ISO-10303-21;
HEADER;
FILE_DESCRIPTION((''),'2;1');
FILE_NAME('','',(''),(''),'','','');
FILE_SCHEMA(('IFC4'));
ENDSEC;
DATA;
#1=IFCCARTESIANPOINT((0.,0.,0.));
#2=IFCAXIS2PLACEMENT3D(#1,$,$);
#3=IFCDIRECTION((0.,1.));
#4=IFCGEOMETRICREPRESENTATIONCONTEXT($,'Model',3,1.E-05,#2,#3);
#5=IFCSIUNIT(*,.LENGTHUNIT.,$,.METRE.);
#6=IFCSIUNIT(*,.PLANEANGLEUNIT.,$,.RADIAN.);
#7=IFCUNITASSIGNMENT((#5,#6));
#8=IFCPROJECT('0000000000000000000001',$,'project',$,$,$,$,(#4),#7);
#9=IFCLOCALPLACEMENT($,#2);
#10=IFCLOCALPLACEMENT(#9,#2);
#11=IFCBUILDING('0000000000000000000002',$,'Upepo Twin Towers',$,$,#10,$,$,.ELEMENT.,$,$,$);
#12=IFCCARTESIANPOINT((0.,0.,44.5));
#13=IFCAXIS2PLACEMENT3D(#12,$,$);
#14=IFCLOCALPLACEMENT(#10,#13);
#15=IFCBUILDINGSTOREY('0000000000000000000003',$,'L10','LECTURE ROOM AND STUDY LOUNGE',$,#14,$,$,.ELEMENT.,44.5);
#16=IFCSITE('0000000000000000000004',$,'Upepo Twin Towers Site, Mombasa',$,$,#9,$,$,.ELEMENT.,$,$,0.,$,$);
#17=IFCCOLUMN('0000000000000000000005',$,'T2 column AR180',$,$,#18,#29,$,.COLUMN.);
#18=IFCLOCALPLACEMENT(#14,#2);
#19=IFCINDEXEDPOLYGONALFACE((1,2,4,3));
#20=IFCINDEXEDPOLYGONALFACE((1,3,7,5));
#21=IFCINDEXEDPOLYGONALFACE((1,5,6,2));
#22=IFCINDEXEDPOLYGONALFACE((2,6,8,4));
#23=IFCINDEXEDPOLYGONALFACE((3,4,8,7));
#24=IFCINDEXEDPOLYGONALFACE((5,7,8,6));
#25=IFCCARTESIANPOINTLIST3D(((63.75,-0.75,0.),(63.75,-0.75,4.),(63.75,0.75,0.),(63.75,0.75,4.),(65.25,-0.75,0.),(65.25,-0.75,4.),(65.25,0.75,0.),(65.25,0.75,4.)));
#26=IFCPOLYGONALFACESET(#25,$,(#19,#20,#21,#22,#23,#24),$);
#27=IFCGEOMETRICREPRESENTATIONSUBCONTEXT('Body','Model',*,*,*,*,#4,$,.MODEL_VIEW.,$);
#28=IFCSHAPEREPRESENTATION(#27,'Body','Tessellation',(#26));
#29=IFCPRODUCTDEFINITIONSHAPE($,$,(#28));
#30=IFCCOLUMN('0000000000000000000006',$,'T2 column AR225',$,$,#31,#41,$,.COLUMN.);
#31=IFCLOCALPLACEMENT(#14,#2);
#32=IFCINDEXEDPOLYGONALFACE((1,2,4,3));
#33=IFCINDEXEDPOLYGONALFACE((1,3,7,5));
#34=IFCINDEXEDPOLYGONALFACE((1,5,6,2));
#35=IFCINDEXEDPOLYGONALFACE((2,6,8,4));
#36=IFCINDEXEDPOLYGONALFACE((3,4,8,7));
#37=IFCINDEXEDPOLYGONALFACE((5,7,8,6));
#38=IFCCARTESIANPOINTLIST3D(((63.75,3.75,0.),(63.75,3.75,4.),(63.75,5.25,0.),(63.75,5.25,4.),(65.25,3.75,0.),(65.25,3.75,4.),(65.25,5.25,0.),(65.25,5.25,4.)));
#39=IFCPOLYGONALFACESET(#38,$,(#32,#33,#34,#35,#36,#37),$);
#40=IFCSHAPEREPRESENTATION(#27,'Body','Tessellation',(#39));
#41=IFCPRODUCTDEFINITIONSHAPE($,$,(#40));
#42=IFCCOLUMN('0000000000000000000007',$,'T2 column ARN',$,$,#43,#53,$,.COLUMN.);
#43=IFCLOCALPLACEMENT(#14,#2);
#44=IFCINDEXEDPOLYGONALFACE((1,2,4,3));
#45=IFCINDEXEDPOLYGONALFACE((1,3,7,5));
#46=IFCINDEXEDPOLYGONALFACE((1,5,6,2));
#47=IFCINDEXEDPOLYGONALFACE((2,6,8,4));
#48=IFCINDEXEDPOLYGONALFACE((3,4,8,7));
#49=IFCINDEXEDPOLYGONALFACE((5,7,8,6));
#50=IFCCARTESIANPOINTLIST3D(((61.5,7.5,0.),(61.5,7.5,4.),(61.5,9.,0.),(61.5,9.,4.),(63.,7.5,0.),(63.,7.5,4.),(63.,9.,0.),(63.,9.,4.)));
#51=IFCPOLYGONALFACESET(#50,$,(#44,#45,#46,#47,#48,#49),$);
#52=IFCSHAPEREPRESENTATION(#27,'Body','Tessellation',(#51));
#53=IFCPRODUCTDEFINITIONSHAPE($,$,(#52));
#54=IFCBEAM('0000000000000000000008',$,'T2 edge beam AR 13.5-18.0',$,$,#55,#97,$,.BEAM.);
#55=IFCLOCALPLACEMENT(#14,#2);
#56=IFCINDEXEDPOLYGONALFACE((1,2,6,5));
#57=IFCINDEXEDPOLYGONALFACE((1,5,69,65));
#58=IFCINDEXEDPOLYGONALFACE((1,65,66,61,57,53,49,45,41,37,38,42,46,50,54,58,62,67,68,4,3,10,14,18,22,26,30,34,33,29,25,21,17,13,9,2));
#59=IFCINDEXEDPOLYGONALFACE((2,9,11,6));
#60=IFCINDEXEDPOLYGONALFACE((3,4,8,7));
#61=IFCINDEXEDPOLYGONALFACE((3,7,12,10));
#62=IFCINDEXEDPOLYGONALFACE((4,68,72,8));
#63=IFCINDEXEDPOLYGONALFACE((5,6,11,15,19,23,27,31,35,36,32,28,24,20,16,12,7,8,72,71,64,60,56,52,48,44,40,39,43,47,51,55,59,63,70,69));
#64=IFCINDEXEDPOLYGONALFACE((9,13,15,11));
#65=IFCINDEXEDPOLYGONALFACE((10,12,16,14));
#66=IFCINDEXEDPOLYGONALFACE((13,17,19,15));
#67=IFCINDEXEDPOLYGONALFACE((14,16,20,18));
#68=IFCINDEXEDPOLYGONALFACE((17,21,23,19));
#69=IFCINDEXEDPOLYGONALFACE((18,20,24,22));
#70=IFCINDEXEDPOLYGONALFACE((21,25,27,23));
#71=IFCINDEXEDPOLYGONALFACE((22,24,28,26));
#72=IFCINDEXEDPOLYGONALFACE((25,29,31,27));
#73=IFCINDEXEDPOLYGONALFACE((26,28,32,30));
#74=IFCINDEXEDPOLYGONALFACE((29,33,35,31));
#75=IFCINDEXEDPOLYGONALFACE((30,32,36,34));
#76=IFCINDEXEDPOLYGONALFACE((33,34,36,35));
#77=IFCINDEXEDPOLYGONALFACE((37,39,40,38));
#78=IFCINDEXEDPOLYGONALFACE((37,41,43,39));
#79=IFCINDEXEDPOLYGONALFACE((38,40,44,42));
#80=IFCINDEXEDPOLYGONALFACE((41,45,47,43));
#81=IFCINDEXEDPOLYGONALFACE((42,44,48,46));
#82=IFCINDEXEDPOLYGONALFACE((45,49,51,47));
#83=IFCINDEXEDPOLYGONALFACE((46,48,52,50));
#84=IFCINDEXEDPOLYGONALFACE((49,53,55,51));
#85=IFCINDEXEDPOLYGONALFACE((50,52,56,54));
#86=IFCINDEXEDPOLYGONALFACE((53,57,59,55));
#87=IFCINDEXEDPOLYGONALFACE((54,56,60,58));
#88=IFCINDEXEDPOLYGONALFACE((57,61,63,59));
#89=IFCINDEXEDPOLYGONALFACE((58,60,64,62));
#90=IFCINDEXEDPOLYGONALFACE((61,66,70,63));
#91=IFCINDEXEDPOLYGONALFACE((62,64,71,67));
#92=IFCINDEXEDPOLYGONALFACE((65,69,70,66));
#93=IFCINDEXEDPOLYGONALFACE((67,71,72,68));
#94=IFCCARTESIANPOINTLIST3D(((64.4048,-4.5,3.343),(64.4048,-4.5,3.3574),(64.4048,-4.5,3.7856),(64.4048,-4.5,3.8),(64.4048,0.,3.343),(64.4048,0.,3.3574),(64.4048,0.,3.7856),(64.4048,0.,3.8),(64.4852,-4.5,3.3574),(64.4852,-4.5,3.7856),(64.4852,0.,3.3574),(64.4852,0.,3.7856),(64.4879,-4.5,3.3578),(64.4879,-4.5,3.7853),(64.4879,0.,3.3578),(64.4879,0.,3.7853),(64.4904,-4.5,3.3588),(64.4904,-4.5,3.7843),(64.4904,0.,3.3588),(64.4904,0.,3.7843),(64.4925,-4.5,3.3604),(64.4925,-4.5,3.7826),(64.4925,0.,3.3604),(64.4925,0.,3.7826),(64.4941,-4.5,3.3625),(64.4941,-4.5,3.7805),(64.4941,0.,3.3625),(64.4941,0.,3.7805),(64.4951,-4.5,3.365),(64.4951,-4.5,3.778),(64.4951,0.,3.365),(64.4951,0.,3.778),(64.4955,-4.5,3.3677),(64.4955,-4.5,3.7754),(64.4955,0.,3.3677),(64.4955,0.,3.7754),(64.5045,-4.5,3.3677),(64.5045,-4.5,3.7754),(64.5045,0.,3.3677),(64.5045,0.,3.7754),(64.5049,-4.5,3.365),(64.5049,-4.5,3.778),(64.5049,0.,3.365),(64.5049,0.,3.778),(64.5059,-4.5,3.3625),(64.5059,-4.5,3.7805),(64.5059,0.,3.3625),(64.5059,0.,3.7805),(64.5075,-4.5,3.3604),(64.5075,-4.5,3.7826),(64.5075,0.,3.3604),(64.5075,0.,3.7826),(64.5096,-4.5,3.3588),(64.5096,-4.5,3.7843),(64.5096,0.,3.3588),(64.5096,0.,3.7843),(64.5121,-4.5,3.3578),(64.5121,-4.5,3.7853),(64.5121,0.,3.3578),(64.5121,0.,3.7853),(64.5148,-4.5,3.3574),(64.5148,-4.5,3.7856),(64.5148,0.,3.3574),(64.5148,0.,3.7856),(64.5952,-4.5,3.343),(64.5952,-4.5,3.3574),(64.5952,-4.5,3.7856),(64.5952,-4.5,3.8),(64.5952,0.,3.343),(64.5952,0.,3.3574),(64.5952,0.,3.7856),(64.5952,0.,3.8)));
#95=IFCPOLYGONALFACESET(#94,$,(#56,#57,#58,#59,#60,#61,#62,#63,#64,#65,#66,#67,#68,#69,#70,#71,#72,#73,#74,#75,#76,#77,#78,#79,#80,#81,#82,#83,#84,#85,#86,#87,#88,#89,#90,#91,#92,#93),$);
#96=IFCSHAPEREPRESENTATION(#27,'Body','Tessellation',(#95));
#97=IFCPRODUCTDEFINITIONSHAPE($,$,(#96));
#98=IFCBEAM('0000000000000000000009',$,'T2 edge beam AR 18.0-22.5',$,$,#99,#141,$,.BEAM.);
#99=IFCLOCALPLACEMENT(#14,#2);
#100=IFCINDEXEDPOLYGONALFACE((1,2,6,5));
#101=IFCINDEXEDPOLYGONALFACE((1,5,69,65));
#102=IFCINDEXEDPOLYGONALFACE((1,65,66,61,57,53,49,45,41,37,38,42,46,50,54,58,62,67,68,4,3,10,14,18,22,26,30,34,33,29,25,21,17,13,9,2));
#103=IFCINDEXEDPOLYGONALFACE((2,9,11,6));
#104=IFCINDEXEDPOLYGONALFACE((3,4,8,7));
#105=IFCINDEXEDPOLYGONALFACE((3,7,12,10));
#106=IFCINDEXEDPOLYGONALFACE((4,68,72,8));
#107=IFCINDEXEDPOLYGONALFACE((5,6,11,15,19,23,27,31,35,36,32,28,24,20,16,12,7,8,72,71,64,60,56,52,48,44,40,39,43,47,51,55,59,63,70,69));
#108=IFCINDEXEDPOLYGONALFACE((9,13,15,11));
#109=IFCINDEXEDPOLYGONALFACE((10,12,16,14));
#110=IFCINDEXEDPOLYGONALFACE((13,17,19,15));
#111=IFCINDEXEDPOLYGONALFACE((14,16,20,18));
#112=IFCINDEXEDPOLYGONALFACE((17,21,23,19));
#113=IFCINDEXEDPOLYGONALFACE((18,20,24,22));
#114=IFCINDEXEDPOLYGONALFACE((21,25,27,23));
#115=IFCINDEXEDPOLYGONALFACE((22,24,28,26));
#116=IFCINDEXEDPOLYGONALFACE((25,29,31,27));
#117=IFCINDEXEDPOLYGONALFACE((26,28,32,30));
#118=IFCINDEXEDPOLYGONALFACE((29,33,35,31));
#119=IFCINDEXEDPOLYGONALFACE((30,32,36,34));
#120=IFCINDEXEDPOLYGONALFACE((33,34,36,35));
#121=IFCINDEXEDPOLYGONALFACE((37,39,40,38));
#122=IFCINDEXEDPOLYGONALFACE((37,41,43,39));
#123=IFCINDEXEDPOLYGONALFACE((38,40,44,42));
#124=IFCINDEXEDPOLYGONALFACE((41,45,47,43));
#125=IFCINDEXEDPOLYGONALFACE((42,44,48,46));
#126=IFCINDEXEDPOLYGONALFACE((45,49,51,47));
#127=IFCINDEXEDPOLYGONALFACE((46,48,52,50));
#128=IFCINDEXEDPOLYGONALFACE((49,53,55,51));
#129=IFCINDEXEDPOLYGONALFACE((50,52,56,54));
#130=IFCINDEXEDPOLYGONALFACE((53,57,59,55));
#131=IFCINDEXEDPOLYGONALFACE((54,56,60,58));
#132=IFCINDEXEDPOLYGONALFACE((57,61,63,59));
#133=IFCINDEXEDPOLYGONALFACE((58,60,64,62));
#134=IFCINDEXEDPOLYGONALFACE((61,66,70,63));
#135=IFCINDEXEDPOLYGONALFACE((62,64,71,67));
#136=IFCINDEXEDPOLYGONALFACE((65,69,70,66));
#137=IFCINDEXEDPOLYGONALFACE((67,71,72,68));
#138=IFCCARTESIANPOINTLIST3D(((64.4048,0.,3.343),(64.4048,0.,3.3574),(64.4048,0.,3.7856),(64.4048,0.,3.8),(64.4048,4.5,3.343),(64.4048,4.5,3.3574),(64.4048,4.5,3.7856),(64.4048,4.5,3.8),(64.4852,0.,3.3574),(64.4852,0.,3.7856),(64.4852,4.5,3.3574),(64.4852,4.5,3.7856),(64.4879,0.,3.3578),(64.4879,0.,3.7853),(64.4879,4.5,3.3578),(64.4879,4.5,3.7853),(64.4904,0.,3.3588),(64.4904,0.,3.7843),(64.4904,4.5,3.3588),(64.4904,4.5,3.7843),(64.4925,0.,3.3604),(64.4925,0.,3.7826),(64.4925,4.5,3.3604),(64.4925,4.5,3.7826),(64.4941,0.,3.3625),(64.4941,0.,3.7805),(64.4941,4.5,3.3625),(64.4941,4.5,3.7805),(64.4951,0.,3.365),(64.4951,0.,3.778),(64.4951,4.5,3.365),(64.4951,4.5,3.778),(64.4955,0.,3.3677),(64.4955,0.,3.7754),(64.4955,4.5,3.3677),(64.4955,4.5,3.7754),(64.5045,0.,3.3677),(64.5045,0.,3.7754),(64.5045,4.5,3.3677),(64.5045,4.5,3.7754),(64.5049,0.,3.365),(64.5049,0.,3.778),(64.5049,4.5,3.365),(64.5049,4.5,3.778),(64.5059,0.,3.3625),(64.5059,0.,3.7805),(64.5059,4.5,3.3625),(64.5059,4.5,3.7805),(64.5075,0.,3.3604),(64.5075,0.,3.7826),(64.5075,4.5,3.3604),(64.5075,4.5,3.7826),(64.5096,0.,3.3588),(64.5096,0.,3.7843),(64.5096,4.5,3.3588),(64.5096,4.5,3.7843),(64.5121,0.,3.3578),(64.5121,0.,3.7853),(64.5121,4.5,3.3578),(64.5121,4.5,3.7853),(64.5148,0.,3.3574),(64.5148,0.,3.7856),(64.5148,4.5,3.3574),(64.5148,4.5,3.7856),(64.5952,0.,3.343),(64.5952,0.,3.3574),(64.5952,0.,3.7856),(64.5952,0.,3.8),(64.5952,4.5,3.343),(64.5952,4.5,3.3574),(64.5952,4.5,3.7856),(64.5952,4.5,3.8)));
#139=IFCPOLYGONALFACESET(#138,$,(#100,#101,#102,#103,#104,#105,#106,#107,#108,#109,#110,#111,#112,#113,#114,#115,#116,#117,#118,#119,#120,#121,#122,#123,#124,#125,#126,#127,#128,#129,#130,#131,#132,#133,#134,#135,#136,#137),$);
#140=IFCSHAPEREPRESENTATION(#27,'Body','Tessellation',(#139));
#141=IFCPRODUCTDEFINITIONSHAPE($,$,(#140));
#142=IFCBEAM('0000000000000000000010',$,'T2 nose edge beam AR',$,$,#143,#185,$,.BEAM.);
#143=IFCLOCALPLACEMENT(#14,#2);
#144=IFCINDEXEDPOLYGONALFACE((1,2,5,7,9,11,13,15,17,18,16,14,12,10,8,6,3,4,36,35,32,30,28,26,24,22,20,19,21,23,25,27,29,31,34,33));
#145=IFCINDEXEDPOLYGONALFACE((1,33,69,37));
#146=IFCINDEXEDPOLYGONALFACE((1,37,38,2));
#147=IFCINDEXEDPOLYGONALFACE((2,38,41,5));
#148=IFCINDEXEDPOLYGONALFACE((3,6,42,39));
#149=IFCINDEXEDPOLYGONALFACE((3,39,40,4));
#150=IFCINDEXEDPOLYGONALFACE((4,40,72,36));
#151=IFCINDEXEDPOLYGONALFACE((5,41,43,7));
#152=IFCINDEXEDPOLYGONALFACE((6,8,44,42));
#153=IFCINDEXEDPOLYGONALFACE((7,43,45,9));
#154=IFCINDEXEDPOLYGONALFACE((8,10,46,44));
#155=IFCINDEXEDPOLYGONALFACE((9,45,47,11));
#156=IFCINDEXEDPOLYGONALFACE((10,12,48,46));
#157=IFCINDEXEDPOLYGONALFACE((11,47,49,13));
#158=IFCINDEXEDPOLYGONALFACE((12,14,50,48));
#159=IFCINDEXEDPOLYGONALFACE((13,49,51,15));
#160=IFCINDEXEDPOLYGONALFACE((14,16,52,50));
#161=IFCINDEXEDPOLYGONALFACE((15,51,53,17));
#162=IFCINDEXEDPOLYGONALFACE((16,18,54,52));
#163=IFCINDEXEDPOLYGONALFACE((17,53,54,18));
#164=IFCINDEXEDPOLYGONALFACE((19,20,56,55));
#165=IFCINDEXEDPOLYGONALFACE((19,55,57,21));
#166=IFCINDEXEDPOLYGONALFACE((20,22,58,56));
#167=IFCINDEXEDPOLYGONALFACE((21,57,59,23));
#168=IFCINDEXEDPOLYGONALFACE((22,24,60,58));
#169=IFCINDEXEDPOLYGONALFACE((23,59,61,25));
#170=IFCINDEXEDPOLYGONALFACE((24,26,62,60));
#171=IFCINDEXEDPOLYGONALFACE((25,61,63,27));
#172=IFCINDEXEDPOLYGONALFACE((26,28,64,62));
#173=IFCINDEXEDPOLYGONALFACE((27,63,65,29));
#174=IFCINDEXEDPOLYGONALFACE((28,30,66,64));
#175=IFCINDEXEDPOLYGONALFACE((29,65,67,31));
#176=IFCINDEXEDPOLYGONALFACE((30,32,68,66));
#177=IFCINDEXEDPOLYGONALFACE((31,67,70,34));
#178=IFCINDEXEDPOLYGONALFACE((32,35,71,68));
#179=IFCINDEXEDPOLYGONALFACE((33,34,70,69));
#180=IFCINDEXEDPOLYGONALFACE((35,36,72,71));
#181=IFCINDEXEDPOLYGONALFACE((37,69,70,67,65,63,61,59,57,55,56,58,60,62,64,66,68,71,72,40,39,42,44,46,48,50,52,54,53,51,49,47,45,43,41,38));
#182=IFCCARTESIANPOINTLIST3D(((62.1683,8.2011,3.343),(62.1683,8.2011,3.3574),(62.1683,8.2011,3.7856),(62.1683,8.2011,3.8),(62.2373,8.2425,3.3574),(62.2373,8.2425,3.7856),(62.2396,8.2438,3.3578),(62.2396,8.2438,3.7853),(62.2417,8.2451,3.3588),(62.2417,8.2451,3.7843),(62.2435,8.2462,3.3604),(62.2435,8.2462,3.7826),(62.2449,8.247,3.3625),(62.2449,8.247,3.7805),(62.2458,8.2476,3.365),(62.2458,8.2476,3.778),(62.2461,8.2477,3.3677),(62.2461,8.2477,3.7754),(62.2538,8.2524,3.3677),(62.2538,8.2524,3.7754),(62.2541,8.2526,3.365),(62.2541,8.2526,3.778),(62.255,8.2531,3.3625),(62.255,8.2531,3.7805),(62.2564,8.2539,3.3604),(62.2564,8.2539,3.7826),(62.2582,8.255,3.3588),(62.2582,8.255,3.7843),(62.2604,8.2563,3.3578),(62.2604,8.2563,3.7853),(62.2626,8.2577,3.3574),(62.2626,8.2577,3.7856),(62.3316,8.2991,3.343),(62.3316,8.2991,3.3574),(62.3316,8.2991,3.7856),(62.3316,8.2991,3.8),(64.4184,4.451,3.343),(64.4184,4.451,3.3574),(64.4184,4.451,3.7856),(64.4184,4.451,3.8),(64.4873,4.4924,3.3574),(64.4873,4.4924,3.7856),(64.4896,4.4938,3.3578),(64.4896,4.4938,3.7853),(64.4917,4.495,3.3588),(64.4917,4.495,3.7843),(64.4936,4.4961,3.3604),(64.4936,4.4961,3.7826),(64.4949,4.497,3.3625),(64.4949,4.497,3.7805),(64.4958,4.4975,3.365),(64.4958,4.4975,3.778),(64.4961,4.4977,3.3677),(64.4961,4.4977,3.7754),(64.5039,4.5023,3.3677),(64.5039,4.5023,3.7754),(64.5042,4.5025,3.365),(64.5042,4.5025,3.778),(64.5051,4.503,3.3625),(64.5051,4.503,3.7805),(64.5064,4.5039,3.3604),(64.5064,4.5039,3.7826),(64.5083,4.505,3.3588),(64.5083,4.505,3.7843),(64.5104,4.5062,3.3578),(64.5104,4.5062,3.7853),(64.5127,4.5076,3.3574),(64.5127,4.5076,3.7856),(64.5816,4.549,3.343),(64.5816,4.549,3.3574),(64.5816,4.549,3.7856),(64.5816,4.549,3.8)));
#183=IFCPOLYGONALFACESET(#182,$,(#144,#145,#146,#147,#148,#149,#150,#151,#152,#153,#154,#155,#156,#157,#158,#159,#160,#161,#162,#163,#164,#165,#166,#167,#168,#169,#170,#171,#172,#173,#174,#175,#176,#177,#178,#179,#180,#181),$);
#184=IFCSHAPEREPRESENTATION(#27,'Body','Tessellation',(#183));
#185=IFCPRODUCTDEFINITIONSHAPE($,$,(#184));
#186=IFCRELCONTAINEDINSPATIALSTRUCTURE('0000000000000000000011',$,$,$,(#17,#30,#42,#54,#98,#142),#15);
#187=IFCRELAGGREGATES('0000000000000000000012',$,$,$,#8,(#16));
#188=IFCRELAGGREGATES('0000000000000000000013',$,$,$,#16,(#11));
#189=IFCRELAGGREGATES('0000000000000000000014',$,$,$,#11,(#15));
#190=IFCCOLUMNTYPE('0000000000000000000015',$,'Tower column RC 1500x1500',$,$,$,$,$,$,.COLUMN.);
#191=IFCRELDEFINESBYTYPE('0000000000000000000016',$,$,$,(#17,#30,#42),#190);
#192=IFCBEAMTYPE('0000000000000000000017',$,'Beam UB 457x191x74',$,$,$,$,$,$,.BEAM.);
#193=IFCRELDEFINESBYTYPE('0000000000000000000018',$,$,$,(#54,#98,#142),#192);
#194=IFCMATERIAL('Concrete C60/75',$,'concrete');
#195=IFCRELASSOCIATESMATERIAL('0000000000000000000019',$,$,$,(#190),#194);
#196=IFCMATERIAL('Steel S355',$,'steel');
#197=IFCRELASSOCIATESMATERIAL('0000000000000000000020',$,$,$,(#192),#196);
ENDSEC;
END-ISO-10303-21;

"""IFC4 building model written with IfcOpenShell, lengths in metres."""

from ifc_helpers import new_model, si_unit, direction, frame, origin, origin_2d, place, context, subcontext, project, spatial, rectangle, i_section, extrude, material, material_profile, profile_set, type_object, element, save


model = new_model("IFC4")

# Units and contexts
model_context = context("Model", 3, precision=1e-05, world=origin(), true_north=direction((0.0, 1.0)))
body_context = subcontext(model_context, "Body", "Model", "MODEL_VIEW")
ifc_project = project(units=[si_unit("LENGTHUNIT", "METRE"), si_unit("PLANEANGLEUNIT", "RADIAN")], contexts=[model_context])

# Site, building, storey
site_placement = place(None, origin())
site = spatial("IfcSite", under=ifc_project, at=site_placement, Name="Upepo Twin Towers Site, Mombasa", CompositionType="ELEMENT", RefElevation=0.0)
building_placement = place(site_placement, origin())
building = spatial("IfcBuilding", under=site, at=building_placement, Name="Upepo Twin Towers", CompositionType="ELEMENT")
storey_placement = place(building_placement, frame((0.0, 0.0, 44.5)))
storey = spatial("IfcBuildingStorey", under=building, at=storey_placement, Name="L10", Description="LECTURE ROOM AND STUDY LOUNGE", CompositionType="ELEMENT", Elevation=44.5)

# Columns
ifc_material_1 = material(Name="Concrete C60/75", Category="concrete")
ifc_material_profile_1 = material_profile(ifc_material_1, rectangle(XDim=1.5, YDim=1.5, at=origin_2d()), Name="RC 1500x1500")
ifc_profile_set_1 = profile_set([ifc_material_profile_1], Name="Concrete C60/75")
column_type = type_object("IfcColumnType", Name="Tower column RC 1500x1500", PredefinedType="COLUMN", material=ifc_profile_set_1)
for number, where, z_axis, x_axis, name in (
    (1, (64.5, 0.0, 0.0), (0.0, 0.0, 1.0), (1.0, 0.0, 0.0), "T2 column AR180"),
    (2, (64.5, 4.5, 0.0), (0.0, 0.0, 1.0), (1.0, 0.0, 0.0), "T2 column AR225"),
    (3, (62.25, 8.25, 0.0), (0.0, 0.0, 1.0), (1.0, 0.0, 0.0), "T2 column ARN"),
):
    element("IfcColumn", number, at=place(storey_placement, frame(where, z_axis=z_axis, x_axis=x_axis)), inside=storey, type_object=column_type, Name=name, PredefinedType="COLUMN", context=body_context, shape_type="SweptSolid", body=[
        extrude(rectangle(XDim=1.5, YDim=1.5, at=origin_2d()), origin(), (0.0, 0.0, 1.0), 4.0),
    ])

# Beams
ifc_material_2 = material(Name="Steel S355", Category="steel")
ifc_material_profile_2 = material_profile(ifc_material_2, i_section(OverallWidth=0.1904, OverallDepth=0.457, WebThickness=0.009, FlangeThickness=0.0144, FilletRadius=0.0103, at=origin_2d()), Name="UB 457x191x74")
ifc_profile_set_2 = profile_set([ifc_material_profile_2], Name="Steel S355")
beam_type_1 = type_object("IfcBeamType", Name="Beam UB 457x191x74", PredefinedType="BEAM", material=ifc_profile_set_2)
for number, where, z_axis, x_axis, name in (
    (4, (64.5, -4.5, 3.5715), (0.0, 1.0, 0.0), (-1.0, 0.0, 0.0), "T2 edge beam AR 13.5-18.0"),
    (5, (64.5, 0.0, 3.5715), (0.0, 1.0, 0.0), (-1.0, 0.0, 0.0), "T2 edge beam AR 18.0-22.5"),
):
    element("IfcBeam", number, at=place(storey_placement, frame(where, z_axis=z_axis, x_axis=x_axis)), inside=storey, type_object=beam_type_1, Name=name, PredefinedType="BEAM", context=body_context, shape_type="SweptSolid", body=[
        extrude(i_section(OverallWidth=0.1904, OverallDepth=0.457, WebThickness=0.009, FlangeThickness=0.0144, FilletRadius=0.0103, at=origin_2d()), origin(), (0.0, 0.0, 1.0), 4.5),
    ])
beam_1_placement = place(storey_placement, frame((64.5, 4.5, 3.5715), z_axis=(-0.514496, 0.857493, 0.0), x_axis=(-0.857493, -0.514496, 0.0)))
element("IfcBeam", 6, at=beam_1_placement, inside=storey, type_object=beam_type_1, Name="T2 nose edge beam AR", PredefinedType="BEAM", context=body_context, shape_type="SweptSolid", body=[
    extrude(i_section(OverallWidth=0.1904, OverallDepth=0.457, WebThickness=0.009, FlangeThickness=0.0144, FilletRadius=0.0103, at=origin_2d()), origin(), (0.0, 0.0, 1.0), 4.3733),
])

save(model, "model.ifc")
